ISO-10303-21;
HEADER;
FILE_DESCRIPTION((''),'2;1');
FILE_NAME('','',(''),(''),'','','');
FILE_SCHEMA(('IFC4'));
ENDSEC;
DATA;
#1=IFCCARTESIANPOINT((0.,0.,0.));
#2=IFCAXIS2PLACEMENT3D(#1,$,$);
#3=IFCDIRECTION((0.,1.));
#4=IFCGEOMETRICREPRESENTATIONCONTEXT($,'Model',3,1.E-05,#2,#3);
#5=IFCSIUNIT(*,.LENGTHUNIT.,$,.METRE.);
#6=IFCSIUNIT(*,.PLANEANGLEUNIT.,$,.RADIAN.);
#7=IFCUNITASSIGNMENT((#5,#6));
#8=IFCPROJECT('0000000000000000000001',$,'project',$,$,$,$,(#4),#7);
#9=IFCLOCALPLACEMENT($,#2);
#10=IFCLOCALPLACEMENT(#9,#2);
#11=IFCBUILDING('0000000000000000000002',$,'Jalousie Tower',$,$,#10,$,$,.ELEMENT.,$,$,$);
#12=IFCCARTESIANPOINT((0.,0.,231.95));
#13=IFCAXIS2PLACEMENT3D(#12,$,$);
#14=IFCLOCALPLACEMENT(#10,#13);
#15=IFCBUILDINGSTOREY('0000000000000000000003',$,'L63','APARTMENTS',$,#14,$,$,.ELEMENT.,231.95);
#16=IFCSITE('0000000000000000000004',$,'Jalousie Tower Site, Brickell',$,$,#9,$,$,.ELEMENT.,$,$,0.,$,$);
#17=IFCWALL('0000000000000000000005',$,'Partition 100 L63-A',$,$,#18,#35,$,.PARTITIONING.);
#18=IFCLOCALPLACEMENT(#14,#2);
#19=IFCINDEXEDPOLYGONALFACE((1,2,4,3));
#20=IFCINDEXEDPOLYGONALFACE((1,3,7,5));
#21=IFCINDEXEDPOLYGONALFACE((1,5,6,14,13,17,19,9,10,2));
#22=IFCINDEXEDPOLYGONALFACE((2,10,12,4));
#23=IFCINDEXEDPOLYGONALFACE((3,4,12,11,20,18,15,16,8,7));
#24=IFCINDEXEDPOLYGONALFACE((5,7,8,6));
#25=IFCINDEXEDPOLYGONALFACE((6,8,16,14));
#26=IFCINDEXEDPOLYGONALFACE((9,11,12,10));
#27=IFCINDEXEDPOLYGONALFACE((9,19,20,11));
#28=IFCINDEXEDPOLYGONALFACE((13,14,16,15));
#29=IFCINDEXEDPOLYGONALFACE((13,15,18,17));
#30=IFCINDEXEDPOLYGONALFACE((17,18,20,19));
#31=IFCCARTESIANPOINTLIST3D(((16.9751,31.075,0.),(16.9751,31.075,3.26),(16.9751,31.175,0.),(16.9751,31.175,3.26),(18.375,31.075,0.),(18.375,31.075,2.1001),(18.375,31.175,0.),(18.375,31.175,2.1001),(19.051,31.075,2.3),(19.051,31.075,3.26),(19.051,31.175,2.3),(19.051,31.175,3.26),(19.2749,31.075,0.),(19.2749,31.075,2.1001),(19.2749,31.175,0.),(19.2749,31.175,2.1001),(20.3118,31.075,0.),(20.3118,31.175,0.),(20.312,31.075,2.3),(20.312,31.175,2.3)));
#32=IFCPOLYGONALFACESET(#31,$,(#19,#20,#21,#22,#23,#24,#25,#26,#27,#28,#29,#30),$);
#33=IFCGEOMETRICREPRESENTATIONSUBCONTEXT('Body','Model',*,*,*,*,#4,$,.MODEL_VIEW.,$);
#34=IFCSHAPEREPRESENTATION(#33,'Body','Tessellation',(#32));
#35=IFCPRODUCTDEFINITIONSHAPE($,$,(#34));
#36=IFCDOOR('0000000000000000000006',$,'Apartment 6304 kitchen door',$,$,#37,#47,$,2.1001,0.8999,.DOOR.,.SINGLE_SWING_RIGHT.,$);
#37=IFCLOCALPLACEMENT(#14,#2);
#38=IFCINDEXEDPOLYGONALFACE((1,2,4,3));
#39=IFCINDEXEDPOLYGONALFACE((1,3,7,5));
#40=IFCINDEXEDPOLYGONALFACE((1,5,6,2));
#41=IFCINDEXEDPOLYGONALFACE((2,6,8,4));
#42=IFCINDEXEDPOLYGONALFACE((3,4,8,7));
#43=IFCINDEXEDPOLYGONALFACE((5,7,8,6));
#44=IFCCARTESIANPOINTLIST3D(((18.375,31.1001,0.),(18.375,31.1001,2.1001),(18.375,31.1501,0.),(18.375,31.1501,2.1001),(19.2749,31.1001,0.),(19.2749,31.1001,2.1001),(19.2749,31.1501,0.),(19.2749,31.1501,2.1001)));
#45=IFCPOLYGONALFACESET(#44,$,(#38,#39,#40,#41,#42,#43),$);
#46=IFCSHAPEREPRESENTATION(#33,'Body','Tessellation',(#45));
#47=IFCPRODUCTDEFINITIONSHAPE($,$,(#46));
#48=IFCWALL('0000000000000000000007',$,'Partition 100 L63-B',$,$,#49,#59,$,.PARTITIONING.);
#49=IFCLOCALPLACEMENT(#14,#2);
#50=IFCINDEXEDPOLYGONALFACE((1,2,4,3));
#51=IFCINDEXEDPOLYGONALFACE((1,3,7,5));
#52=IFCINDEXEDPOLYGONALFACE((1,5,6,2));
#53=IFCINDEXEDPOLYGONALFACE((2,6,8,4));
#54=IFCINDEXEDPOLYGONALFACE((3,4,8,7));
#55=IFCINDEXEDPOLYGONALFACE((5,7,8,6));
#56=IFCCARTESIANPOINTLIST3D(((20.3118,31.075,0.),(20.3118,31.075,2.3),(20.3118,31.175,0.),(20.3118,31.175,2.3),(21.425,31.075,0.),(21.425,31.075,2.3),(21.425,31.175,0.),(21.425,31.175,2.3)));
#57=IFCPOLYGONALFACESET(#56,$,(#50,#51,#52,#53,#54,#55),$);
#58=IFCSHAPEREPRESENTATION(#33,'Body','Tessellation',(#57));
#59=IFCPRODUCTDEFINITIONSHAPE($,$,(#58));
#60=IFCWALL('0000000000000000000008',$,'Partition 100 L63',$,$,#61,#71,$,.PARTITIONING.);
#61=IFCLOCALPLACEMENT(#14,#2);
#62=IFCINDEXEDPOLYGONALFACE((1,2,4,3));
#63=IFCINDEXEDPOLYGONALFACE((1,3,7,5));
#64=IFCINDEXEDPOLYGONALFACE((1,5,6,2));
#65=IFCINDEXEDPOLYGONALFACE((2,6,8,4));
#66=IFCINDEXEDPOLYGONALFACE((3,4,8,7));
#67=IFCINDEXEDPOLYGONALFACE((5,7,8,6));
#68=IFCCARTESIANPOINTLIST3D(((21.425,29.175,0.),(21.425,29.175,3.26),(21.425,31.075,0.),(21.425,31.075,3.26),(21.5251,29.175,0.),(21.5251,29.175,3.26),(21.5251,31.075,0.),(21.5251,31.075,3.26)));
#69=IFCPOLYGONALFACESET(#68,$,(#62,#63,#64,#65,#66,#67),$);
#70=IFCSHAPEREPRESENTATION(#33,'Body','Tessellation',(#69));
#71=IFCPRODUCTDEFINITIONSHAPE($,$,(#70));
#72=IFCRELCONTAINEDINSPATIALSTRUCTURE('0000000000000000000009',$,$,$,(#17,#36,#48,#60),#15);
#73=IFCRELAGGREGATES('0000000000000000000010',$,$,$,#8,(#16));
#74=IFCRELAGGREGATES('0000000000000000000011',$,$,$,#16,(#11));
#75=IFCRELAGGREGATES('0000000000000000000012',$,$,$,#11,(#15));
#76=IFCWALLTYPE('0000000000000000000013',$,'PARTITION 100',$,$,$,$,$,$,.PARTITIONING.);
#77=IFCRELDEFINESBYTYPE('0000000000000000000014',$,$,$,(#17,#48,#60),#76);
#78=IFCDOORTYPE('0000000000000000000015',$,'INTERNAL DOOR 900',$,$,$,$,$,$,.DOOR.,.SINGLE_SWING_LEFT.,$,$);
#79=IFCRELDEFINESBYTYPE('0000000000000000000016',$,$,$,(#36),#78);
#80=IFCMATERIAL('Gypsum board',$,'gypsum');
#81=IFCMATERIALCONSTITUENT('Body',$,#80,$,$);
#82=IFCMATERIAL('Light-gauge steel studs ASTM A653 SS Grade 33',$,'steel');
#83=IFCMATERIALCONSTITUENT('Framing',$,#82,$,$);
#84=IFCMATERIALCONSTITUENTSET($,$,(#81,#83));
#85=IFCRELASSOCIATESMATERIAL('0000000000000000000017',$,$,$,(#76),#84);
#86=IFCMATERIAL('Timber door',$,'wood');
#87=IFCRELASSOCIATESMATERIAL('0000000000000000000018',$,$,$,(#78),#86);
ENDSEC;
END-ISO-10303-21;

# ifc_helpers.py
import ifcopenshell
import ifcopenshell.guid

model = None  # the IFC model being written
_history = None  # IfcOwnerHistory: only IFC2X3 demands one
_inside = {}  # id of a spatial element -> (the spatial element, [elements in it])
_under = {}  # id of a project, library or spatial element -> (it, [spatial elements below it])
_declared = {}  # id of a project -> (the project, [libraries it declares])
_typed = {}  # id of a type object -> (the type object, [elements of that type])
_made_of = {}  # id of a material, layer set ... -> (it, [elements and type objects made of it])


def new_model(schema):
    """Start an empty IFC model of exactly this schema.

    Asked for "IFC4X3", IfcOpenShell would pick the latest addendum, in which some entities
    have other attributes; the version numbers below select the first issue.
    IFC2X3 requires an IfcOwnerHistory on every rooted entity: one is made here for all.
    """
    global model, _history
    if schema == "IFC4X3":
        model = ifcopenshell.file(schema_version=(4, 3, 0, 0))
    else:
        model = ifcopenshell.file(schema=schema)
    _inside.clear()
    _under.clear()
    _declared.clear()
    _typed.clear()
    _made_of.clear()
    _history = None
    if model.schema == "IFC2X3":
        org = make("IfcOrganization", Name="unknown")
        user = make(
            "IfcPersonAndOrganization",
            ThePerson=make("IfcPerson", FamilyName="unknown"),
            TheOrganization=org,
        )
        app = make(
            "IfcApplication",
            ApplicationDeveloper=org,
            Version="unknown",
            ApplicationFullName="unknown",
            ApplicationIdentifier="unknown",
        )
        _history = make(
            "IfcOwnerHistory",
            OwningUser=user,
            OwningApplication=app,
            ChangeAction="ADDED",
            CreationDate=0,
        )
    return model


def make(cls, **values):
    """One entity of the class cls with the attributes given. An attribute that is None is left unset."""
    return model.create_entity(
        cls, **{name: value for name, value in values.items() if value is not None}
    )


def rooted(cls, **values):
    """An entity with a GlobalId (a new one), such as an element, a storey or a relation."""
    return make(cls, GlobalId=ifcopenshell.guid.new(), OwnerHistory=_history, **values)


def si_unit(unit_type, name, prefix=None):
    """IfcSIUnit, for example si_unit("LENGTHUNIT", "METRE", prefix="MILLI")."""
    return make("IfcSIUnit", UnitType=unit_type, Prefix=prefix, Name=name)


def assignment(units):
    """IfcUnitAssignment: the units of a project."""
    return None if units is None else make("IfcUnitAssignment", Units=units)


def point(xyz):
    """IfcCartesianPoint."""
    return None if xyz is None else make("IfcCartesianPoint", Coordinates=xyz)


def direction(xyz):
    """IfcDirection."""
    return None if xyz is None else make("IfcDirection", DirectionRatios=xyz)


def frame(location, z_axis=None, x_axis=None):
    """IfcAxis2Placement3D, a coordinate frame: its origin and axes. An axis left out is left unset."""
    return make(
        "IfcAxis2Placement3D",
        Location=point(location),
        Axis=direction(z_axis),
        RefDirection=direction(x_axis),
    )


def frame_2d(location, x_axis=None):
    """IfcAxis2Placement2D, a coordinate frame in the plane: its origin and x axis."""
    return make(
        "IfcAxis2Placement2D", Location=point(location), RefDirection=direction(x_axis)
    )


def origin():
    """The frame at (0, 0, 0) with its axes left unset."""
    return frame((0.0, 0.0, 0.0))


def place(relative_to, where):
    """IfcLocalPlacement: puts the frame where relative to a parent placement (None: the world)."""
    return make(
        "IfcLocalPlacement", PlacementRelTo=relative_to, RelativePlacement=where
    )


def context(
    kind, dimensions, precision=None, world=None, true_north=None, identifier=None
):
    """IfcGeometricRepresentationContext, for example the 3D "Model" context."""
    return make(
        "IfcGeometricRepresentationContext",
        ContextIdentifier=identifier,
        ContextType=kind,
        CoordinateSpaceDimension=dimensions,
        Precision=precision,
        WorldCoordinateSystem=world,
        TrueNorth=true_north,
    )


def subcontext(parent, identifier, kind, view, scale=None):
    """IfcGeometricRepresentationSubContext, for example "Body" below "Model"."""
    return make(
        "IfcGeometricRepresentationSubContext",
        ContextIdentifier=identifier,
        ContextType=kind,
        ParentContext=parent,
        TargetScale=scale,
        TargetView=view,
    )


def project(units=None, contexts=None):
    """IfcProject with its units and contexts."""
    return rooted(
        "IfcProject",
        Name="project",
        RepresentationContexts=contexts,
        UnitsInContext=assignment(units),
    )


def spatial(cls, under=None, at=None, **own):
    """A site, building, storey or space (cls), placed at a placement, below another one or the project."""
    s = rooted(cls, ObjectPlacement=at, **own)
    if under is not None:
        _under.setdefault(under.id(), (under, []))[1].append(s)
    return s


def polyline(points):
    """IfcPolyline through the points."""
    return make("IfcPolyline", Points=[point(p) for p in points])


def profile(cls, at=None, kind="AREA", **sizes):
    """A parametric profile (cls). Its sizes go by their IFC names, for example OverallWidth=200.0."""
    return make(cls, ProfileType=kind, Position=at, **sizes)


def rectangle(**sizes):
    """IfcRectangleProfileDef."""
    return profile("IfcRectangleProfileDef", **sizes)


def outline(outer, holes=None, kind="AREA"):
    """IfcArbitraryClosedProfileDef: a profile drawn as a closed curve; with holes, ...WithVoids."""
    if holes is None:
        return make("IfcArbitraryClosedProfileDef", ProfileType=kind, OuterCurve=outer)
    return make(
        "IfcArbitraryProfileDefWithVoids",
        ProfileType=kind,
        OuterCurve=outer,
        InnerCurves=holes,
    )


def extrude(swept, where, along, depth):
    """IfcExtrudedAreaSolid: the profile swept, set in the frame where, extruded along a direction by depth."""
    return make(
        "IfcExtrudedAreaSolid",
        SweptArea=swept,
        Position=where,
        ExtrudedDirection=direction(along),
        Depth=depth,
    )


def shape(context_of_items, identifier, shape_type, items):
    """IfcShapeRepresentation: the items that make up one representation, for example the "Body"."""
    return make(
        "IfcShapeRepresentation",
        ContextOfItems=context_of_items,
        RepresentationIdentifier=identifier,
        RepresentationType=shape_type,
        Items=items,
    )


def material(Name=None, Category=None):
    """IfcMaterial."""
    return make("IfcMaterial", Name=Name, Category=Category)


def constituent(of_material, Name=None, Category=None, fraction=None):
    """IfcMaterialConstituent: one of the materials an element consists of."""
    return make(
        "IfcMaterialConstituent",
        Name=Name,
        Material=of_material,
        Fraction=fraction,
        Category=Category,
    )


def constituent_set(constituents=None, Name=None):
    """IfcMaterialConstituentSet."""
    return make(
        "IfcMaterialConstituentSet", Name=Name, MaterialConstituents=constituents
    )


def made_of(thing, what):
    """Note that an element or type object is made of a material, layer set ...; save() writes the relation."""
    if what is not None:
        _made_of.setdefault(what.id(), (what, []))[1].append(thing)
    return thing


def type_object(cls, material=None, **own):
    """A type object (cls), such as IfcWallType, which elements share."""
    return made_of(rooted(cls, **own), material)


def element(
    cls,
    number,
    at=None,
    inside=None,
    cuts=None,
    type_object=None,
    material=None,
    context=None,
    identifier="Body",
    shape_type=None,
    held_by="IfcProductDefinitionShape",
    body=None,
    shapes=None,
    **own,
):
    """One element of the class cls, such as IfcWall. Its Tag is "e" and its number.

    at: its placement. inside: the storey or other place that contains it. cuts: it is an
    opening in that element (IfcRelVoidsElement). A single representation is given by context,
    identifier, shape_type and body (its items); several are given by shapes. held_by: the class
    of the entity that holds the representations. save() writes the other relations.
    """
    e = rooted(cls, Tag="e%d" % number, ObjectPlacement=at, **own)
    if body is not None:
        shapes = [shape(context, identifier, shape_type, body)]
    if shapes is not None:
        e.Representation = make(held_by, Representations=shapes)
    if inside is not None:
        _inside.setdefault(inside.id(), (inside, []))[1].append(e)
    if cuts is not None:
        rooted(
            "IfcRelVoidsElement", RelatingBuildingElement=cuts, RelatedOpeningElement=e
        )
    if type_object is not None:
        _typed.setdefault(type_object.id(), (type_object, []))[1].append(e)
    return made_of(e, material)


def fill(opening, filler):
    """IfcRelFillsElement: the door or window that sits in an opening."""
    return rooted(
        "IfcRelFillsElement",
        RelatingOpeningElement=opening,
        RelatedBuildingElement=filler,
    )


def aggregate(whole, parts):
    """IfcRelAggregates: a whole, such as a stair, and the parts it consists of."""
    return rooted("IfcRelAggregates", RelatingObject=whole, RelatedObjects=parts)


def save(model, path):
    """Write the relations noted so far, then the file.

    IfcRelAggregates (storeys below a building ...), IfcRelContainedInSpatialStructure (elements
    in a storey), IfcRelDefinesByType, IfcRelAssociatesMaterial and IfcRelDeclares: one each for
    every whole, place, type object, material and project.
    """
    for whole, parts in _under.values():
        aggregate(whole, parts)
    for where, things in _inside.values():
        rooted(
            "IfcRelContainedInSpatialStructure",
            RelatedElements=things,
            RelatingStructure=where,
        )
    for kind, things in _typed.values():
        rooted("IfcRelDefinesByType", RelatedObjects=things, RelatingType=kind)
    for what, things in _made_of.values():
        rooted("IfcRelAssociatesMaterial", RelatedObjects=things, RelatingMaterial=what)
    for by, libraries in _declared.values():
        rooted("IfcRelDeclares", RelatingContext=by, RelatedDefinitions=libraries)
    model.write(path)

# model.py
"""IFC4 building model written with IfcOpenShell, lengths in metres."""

from ifc_helpers import new_model, si_unit, direction, frame, frame_2d, origin, place, context, subcontext, project, spatial, polyline, rectangle, outline, extrude, material, constituent, constituent_set, type_object, element, fill, save


model = new_model("IFC4")

# Units and contexts
model_context = context("Model", 3, precision=1e-05, world=origin(), true_north=direction((0.0, 1.0)))
body_context = subcontext(model_context, "Body", "Model", "MODEL_VIEW")
ifc_project = project(units=[si_unit("LENGTHUNIT", "METRE"), si_unit("PLANEANGLEUNIT", "RADIAN")], contexts=[model_context])

# Site, building, storey
site_placement = place(None, origin())
site = spatial("IfcSite", under=ifc_project, at=site_placement, Name="Jalousie Tower Site, Brickell", CompositionType="ELEMENT", RefElevation=0.0)
building_placement = place(site_placement, origin())
building = spatial("IfcBuilding", under=site, at=building_placement, Name="Jalousie Tower", CompositionType="ELEMENT")
storey_placement = place(building_placement, frame((0.0, 0.0, 231.95)))
storey = spatial("IfcBuildingStorey", under=building, at=storey_placement, Name="L63", Description="APARTMENTS", CompositionType="ELEMENT", Elevation=231.95)

# Wall, opening, door
ifc_material_1 = material(Name="Gypsum board", Category="gypsum")
ifc_constituent_1 = constituent(ifc_material_1, Name="Body")
ifc_material_2 = material(Name="Light-gauge steel studs ASTM A653 SS Grade 33", Category="steel")
ifc_constituent_2 = constituent(ifc_material_2, Name="Framing")
ifc_constituent_set_1 = constituent_set(constituents=[ifc_constituent_1, ifc_constituent_2])
wall_type_1 = type_object("IfcWallType", Name="PARTITION 100", PredefinedType="PARTITIONING", material=ifc_constituent_set_1)
wall_1_placement = place(storey_placement, frame((16.9751, 31.125, 0.0), z_axis=(0.0, 0.0, 1.0), x_axis=(1.0, 0.0, 0.0)))
wall_1 = element("IfcWall", 1, at=wall_1_placement, inside=storey, type_object=wall_type_1, Name="Partition 100 L63-A", PredefinedType="PARTITIONING", context=body_context, shape_type="SweptSolid", body=[
    extrude(outline(polyline([(0.0, 0.0), (3.3367, 0.0), (3.3369, 2.3), (2.0759, 2.3), (2.0759, 3.26), (0.0, 3.26), (0.0, 0.0)])), frame((0.0, 0.05, 0.0), z_axis=(0.0, -1.0, 0.0), x_axis=(1.0, 0.0, 0.0)), (0.0, 0.0, 1.0), 0.1001),
])
opening_1_placement = place(wall_1_placement, frame((1.3999, 0.0, 0.0)))
opening_1 = element("IfcOpeningElement", 2, at=opening_1_placement, cuts=wall_1, PredefinedType="OPENING", context=body_context, shape_type="SweptSolid", body=[
    extrude(rectangle(XDim=0.8999, YDim=2.1001, at=frame_2d((0.45, 1.05))), frame((0.0, 0.0601, 0.0), z_axis=(0.0, -1.0, 0.0), x_axis=(1.0, 0.0, 0.0)), (0.0, 0.0, 1.0), 0.1201),
])
ifc_material_3 = material(Name="Timber door", Category="wood")
door_type = type_object("IfcDoorType", Name="INTERNAL DOOR 900", OperationType="SINGLE_SWING_LEFT", PredefinedType="DOOR", material=ifc_material_3)
door_placement = place(opening_1_placement, frame((0.8999, 0.0, 0.0), z_axis=(0.0, 0.0, 1.0), x_axis=(-1.0, 0.0, 0.0)))
door = element("IfcDoor", 3, at=door_placement, inside=storey, type_object=door_type, Name="Apartment 6304 kitchen door", OperationType="SINGLE_SWING_RIGHT", OverallHeight=2.1001, OverallWidth=0.8999, PredefinedType="DOOR", context=body_context, shape_type="SweptSolid", body=[
    extrude(rectangle(XDim=0.8999, YDim=2.1001, at=frame_2d((0.45, 1.05))), frame((0.0, 0.0249, 0.0), z_axis=(0.0, -1.0, 0.0), x_axis=(1.0, 0.0, 0.0)), (0.0, 0.0, 1.0), 0.05),
])
fill(opening_1, door)

# Walls
wall_2_placement = place(storey_placement, frame((20.3118, 31.125, 0.0), z_axis=(0.0, 0.0, 1.0), x_axis=(1.0, 0.0, 0.0)))
element("IfcWall", 4, at=wall_2_placement, inside=storey, type_object=wall_type_1, Name="Partition 100 L63-B", PredefinedType="PARTITIONING", context=body_context, shape_type="SweptSolid", body=[
    extrude(rectangle(XDim=1.1133, YDim=0.1001, at=frame_2d((0.5566, 0.0))), origin(), (0.0, 0.0, 1.0), 2.3),
])
wall_3_placement = place(storey_placement, frame((21.4751, 31.075, 0.0), z_axis=(0.0, 0.0, 1.0), x_axis=(0.0, -1.0, 0.0)))
element("IfcWall", 5, at=wall_3_placement, inside=storey, type_object=wall_type_1, Name="Partition 100 L63", PredefinedType="PARTITIONING", context=body_context, shape_type="SweptSolid", body=[
    extrude(rectangle(XDim=1.8999, YDim=0.1001, at=frame_2d((0.95, 0.0))), origin(), (0.0, 0.0, 1.0), 3.26),
])

save(model, "model.ifc")
